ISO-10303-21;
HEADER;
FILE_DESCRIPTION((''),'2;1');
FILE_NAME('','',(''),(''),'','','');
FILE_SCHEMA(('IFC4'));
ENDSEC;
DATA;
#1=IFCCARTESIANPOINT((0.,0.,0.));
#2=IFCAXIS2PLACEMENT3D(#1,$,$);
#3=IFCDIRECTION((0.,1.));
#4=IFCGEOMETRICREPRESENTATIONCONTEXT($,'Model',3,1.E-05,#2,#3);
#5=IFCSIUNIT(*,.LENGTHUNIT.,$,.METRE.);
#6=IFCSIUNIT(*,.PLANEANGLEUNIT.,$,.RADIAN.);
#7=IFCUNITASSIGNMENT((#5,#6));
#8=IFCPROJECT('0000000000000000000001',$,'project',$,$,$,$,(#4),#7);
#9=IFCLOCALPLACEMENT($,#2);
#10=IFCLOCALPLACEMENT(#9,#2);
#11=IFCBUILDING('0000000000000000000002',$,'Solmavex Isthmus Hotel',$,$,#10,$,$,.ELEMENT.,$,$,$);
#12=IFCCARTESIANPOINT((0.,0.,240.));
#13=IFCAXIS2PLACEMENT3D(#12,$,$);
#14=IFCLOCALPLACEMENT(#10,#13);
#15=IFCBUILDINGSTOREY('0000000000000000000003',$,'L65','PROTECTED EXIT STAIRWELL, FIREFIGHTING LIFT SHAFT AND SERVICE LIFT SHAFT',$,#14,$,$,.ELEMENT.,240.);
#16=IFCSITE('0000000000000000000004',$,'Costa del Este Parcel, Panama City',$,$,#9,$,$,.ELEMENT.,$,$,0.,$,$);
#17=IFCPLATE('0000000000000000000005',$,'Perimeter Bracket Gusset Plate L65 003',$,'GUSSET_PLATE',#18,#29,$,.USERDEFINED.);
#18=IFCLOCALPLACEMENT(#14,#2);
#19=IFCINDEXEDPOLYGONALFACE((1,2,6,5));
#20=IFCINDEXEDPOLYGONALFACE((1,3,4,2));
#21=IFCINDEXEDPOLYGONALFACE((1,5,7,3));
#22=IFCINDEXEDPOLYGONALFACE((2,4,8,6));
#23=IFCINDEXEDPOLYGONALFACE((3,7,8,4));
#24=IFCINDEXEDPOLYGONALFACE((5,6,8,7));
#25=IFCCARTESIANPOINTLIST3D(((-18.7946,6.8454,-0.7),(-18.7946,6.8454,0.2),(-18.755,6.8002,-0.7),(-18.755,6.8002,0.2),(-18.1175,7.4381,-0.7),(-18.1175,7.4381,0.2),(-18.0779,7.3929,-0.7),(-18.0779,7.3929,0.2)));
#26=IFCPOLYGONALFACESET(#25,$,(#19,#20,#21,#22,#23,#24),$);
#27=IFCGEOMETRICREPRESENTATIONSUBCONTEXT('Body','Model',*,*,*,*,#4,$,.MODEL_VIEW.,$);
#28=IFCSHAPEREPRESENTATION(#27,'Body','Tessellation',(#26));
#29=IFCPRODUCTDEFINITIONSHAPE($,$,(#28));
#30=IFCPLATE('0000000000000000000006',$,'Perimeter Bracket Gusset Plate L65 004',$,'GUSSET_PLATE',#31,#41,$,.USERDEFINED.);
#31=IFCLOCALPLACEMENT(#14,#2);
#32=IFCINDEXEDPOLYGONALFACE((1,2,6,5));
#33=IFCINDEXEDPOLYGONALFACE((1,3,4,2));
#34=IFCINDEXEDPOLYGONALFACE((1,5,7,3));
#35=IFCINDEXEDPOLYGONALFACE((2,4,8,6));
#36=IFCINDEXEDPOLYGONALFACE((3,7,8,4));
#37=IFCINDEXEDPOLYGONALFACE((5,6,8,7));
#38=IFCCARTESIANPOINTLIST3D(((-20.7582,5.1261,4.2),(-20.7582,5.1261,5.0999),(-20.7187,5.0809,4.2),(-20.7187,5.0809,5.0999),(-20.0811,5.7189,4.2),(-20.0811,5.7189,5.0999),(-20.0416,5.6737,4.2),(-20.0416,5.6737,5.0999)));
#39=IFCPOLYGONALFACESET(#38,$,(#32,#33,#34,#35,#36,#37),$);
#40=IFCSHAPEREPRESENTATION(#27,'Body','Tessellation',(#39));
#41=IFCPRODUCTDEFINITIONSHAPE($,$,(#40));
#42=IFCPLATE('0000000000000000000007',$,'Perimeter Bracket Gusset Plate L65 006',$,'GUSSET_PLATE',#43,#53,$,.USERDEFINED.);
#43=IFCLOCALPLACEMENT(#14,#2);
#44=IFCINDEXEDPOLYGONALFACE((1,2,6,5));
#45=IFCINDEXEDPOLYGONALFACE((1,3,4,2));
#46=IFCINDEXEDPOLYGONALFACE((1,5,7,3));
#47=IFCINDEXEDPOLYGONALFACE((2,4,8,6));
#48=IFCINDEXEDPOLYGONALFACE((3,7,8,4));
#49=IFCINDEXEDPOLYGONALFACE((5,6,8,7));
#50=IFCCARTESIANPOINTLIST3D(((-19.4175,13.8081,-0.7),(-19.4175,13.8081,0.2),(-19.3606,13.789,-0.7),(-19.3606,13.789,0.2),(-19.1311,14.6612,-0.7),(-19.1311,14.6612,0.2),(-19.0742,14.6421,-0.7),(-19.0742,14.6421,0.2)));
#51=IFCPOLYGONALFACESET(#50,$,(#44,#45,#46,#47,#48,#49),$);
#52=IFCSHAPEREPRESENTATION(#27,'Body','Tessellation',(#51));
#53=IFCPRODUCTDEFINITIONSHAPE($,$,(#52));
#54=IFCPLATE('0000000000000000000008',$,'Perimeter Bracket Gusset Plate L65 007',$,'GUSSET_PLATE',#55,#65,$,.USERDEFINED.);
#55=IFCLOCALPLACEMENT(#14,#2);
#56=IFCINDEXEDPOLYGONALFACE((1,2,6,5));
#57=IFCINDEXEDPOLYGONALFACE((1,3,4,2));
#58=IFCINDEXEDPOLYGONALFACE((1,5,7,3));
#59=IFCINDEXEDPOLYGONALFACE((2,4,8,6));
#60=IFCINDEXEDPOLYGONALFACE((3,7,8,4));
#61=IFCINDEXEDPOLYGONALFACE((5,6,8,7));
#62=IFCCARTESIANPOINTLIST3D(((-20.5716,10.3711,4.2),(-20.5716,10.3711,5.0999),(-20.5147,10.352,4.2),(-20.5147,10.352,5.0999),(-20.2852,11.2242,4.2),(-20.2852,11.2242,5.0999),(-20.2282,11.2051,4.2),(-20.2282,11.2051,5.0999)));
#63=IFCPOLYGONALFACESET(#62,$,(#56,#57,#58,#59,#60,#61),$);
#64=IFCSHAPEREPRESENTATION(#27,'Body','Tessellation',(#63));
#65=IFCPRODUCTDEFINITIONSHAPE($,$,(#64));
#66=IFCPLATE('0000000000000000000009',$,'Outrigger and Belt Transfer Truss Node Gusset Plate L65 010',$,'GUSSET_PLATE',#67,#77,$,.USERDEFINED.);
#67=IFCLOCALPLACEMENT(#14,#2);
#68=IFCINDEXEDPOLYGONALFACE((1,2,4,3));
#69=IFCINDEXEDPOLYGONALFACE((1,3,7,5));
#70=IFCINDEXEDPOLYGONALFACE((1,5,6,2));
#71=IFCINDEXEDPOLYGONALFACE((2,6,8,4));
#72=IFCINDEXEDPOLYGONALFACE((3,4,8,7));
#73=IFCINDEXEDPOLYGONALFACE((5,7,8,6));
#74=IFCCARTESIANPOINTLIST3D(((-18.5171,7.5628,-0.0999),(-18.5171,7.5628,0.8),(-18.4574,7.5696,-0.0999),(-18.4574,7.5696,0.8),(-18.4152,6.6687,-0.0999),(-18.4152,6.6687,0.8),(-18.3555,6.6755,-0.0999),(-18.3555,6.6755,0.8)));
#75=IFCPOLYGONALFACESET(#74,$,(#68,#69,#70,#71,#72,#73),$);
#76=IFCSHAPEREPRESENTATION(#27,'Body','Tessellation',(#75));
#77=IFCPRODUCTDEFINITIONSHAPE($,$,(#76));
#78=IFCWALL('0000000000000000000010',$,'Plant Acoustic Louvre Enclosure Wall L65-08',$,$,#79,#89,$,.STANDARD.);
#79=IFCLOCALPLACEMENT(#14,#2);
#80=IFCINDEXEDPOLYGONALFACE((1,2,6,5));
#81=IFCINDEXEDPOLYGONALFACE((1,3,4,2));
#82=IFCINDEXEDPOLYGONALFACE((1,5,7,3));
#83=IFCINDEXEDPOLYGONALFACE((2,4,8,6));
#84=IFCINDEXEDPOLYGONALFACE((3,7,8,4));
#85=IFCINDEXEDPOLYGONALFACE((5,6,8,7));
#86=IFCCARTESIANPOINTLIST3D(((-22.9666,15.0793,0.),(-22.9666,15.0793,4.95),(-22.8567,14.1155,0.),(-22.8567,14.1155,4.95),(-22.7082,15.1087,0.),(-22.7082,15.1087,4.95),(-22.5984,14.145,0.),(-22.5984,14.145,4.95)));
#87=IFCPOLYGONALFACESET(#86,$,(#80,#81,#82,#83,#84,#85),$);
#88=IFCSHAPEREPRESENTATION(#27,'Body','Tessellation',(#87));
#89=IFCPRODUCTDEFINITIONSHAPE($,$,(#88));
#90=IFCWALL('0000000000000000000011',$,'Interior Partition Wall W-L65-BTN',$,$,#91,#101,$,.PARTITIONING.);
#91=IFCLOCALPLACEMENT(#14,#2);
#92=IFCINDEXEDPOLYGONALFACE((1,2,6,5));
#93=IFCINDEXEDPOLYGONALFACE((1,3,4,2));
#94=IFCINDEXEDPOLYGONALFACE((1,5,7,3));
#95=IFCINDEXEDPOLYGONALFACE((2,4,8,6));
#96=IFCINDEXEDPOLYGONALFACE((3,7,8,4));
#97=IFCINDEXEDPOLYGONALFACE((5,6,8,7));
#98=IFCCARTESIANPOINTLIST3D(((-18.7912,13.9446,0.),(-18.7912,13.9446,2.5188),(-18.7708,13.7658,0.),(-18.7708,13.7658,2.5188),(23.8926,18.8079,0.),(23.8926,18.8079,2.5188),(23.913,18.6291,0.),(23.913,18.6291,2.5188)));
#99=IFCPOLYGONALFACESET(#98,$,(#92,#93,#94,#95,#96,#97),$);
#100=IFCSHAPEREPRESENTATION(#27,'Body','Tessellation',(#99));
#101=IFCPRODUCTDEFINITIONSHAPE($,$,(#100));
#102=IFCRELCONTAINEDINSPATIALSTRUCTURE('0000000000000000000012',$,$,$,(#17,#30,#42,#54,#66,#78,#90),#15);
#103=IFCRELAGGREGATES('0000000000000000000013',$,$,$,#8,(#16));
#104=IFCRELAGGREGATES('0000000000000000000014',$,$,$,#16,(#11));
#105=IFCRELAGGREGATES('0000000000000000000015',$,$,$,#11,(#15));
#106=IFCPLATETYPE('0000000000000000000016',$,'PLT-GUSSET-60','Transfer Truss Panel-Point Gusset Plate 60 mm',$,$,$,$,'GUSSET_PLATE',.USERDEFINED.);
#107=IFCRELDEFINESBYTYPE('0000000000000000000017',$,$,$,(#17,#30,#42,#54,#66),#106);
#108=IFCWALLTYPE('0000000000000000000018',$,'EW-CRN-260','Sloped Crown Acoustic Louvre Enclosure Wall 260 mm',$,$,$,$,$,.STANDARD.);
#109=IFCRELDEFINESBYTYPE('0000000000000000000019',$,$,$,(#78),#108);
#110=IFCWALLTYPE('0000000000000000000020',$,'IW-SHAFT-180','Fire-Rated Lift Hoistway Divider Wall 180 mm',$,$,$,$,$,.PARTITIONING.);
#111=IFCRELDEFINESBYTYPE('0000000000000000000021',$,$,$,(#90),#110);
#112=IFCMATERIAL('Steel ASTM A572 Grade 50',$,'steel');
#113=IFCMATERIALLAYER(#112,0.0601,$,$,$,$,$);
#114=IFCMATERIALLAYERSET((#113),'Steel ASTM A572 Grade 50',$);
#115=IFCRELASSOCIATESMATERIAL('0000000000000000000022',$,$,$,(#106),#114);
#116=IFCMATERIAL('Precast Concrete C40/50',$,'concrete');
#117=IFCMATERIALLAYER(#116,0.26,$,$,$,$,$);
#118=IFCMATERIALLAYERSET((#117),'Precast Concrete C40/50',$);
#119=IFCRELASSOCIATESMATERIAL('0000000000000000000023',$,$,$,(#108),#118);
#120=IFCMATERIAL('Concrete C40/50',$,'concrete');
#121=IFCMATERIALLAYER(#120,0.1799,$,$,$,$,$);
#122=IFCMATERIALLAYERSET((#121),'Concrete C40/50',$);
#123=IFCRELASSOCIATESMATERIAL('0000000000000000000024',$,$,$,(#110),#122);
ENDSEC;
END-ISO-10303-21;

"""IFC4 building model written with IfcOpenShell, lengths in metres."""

from ifc_helpers import new_model, si_unit, direction, frame, frame_2d, origin, origin_2d, place, context, subcontext, project, spatial, rectangle, extrude, material, layer, layer_set, type_object, element, save


model = new_model("IFC4")

# Units and contexts
model_context = context("Model", 3, precision=1e-05, world=origin(), true_north=direction((0.0, 1.0)))
body_context = subcontext(model_context, "Body", "Model", "MODEL_VIEW")
ifc_project = project(units=[si_unit("LENGTHUNIT", "METRE"), si_unit("PLANEANGLEUNIT", "RADIAN")], contexts=[model_context])

# Site, building, storey
site_placement = place(None, origin())
site = spatial("IfcSite", under=ifc_project, at=site_placement, Name="Costa del Este Parcel, Panama City", CompositionType="ELEMENT", RefElevation=0.0)
building_placement = place(site_placement, origin())
building = spatial("IfcBuilding", under=site, at=building_placement, Name="Solmavex Isthmus Hotel", CompositionType="ELEMENT")
storey_placement = place(building_placement, frame((0.0, 0.0, 240.0)))
storey = spatial("IfcBuildingStorey", under=building, at=storey_placement, Name="L65", Description="PROTECTED EXIT STAIRWELL, FIREFIGHTING LIFT SHAFT AND SERVICE LIFT SHAFT", CompositionType="ELEMENT", Elevation=240.0)

# Plates
ifc_material_1 = material(Name="Steel ASTM A572 Grade 50", Category="steel")
ifc_layer_1 = layer(ifc_material_1, 0.0601)
ifc_layer_set_1 = layer_set([ifc_layer_1], Name="Steel ASTM A572 Grade 50")
plate_type = type_object("IfcPlateType", Name="PLT-GUSSET-60", Description="Transfer Truss Panel-Point Gusset Plate 60 mm", ElementType="GUSSET_PLATE", PredefinedType="USERDEFINED", material=ifc_layer_set_1)
for number, where, z_axis, x_axis, name in (
    (1, (-18.4363, 7.1191, -0.7), (0.0, 0.0, 1.0), (-0.752415, -0.658689, 0.0), "Perimeter Bracket Gusset Plate L65 003"),
    (2, (-20.3999, 5.3999, 4.2), (0.0, 0.0, 1.0), (-0.752415, -0.658689, 0.0), "Perimeter Bracket Gusset Plate L65 004"),
    (3, (-19.2458, 14.2251, -0.7), (0.0, 0.0, 1.0), (-0.318298, -0.947991, 0.0), "Perimeter Bracket Gusset Plate L65 006"),
    (4, (-20.3999, 10.7881, 4.2), (0.0, 0.0, 1.0), (-0.318298, -0.947991, 0.0), "Perimeter Bracket Gusset Plate L65 007"),
    (5, (-18.4363, 7.1191, -0.0999), (0.0, 0.0, 1.0), (-0.113203, 0.993572, 0.0), "Outrigger and Belt Transfer Truss Node Gusset Plate L65 010"),
):
    element("IfcPlate", number, at=place(storey_placement, frame(where, z_axis=z_axis, x_axis=x_axis)), inside=storey, type_object=plate_type, Name=name, ObjectType="GUSSET_PLATE", PredefinedType="USERDEFINED", context=body_context, shape_type="SweptSolid", body=[
        extrude(rectangle(XDim=0.8999, YDim=0.0601, at=origin_2d()), origin(), (0.0, 0.0, 1.0), 0.8999),
    ])

# Walls
ifc_material_2 = material(Name="Precast Concrete C40/50", Category="concrete")
ifc_layer_2 = layer(ifc_material_2, 0.26)
ifc_layer_set_2 = layer_set([ifc_layer_2], Name="Precast Concrete C40/50")
wall_type_1 = type_object("IfcWallType", Name="EW-CRN-260", Description="Sloped Crown Acoustic Louvre Enclosure Wall 260 mm", PredefinedType="STANDARD", material=ifc_layer_set_2)
wall_1_placement = place(storey_placement, frame((-22.7275, 14.1304, 0.0), z_axis=(0.0, 0.0, 1.0), x_axis=(-0.113277, 0.993563, 0.0)))
element("IfcWall", 6, at=wall_1_placement, inside=storey, type_object=wall_type_1, Name="Plant Acoustic Louvre Enclosure Wall L65-08", PredefinedType="STANDARD", context=body_context, shape_type="SweptSolid", body=[
    extrude(rectangle(XDim=0.97, YDim=0.26, at=frame_2d((0.4849, 0.0))), origin(), (0.0, 0.0, 1.0), 4.95),
])
ifc_material_3 = material(Name="Concrete C40/50", Category="concrete")
ifc_layer_3 = layer(ifc_material_3, 0.1799)
ifc_layer_set_3 = layer_set([ifc_layer_3], Name="Concrete C40/50")
wall_type_2 = type_object("IfcWallType", Name="IW-SHAFT-180", Description="Fire-Rated Lift Hoistway Divider Wall 180 mm", PredefinedType="PARTITIONING", material=ifc_layer_set_3)
wall_2_placement = place(storey_placement, frame((-18.781, 13.8552, 0.0), z_axis=(0.0, 0.0, 1.0), x_axis=(0.993572, 0.113205, 0.0)))
element("IfcWall", 7, at=wall_2_placement, inside=storey, type_object=wall_type_2, Name="Interior Partition Wall W-L65-BTN", PredefinedType="PARTITIONING", context=body_context, shape_type="SweptSolid", body=[
    extrude(rectangle(XDim=42.96, YDim=0.1799, at=frame_2d((21.48, 0.0))), origin(), (0.0, 0.0, 1.0), 2.5188),
])

save(model, "model.ifc")
